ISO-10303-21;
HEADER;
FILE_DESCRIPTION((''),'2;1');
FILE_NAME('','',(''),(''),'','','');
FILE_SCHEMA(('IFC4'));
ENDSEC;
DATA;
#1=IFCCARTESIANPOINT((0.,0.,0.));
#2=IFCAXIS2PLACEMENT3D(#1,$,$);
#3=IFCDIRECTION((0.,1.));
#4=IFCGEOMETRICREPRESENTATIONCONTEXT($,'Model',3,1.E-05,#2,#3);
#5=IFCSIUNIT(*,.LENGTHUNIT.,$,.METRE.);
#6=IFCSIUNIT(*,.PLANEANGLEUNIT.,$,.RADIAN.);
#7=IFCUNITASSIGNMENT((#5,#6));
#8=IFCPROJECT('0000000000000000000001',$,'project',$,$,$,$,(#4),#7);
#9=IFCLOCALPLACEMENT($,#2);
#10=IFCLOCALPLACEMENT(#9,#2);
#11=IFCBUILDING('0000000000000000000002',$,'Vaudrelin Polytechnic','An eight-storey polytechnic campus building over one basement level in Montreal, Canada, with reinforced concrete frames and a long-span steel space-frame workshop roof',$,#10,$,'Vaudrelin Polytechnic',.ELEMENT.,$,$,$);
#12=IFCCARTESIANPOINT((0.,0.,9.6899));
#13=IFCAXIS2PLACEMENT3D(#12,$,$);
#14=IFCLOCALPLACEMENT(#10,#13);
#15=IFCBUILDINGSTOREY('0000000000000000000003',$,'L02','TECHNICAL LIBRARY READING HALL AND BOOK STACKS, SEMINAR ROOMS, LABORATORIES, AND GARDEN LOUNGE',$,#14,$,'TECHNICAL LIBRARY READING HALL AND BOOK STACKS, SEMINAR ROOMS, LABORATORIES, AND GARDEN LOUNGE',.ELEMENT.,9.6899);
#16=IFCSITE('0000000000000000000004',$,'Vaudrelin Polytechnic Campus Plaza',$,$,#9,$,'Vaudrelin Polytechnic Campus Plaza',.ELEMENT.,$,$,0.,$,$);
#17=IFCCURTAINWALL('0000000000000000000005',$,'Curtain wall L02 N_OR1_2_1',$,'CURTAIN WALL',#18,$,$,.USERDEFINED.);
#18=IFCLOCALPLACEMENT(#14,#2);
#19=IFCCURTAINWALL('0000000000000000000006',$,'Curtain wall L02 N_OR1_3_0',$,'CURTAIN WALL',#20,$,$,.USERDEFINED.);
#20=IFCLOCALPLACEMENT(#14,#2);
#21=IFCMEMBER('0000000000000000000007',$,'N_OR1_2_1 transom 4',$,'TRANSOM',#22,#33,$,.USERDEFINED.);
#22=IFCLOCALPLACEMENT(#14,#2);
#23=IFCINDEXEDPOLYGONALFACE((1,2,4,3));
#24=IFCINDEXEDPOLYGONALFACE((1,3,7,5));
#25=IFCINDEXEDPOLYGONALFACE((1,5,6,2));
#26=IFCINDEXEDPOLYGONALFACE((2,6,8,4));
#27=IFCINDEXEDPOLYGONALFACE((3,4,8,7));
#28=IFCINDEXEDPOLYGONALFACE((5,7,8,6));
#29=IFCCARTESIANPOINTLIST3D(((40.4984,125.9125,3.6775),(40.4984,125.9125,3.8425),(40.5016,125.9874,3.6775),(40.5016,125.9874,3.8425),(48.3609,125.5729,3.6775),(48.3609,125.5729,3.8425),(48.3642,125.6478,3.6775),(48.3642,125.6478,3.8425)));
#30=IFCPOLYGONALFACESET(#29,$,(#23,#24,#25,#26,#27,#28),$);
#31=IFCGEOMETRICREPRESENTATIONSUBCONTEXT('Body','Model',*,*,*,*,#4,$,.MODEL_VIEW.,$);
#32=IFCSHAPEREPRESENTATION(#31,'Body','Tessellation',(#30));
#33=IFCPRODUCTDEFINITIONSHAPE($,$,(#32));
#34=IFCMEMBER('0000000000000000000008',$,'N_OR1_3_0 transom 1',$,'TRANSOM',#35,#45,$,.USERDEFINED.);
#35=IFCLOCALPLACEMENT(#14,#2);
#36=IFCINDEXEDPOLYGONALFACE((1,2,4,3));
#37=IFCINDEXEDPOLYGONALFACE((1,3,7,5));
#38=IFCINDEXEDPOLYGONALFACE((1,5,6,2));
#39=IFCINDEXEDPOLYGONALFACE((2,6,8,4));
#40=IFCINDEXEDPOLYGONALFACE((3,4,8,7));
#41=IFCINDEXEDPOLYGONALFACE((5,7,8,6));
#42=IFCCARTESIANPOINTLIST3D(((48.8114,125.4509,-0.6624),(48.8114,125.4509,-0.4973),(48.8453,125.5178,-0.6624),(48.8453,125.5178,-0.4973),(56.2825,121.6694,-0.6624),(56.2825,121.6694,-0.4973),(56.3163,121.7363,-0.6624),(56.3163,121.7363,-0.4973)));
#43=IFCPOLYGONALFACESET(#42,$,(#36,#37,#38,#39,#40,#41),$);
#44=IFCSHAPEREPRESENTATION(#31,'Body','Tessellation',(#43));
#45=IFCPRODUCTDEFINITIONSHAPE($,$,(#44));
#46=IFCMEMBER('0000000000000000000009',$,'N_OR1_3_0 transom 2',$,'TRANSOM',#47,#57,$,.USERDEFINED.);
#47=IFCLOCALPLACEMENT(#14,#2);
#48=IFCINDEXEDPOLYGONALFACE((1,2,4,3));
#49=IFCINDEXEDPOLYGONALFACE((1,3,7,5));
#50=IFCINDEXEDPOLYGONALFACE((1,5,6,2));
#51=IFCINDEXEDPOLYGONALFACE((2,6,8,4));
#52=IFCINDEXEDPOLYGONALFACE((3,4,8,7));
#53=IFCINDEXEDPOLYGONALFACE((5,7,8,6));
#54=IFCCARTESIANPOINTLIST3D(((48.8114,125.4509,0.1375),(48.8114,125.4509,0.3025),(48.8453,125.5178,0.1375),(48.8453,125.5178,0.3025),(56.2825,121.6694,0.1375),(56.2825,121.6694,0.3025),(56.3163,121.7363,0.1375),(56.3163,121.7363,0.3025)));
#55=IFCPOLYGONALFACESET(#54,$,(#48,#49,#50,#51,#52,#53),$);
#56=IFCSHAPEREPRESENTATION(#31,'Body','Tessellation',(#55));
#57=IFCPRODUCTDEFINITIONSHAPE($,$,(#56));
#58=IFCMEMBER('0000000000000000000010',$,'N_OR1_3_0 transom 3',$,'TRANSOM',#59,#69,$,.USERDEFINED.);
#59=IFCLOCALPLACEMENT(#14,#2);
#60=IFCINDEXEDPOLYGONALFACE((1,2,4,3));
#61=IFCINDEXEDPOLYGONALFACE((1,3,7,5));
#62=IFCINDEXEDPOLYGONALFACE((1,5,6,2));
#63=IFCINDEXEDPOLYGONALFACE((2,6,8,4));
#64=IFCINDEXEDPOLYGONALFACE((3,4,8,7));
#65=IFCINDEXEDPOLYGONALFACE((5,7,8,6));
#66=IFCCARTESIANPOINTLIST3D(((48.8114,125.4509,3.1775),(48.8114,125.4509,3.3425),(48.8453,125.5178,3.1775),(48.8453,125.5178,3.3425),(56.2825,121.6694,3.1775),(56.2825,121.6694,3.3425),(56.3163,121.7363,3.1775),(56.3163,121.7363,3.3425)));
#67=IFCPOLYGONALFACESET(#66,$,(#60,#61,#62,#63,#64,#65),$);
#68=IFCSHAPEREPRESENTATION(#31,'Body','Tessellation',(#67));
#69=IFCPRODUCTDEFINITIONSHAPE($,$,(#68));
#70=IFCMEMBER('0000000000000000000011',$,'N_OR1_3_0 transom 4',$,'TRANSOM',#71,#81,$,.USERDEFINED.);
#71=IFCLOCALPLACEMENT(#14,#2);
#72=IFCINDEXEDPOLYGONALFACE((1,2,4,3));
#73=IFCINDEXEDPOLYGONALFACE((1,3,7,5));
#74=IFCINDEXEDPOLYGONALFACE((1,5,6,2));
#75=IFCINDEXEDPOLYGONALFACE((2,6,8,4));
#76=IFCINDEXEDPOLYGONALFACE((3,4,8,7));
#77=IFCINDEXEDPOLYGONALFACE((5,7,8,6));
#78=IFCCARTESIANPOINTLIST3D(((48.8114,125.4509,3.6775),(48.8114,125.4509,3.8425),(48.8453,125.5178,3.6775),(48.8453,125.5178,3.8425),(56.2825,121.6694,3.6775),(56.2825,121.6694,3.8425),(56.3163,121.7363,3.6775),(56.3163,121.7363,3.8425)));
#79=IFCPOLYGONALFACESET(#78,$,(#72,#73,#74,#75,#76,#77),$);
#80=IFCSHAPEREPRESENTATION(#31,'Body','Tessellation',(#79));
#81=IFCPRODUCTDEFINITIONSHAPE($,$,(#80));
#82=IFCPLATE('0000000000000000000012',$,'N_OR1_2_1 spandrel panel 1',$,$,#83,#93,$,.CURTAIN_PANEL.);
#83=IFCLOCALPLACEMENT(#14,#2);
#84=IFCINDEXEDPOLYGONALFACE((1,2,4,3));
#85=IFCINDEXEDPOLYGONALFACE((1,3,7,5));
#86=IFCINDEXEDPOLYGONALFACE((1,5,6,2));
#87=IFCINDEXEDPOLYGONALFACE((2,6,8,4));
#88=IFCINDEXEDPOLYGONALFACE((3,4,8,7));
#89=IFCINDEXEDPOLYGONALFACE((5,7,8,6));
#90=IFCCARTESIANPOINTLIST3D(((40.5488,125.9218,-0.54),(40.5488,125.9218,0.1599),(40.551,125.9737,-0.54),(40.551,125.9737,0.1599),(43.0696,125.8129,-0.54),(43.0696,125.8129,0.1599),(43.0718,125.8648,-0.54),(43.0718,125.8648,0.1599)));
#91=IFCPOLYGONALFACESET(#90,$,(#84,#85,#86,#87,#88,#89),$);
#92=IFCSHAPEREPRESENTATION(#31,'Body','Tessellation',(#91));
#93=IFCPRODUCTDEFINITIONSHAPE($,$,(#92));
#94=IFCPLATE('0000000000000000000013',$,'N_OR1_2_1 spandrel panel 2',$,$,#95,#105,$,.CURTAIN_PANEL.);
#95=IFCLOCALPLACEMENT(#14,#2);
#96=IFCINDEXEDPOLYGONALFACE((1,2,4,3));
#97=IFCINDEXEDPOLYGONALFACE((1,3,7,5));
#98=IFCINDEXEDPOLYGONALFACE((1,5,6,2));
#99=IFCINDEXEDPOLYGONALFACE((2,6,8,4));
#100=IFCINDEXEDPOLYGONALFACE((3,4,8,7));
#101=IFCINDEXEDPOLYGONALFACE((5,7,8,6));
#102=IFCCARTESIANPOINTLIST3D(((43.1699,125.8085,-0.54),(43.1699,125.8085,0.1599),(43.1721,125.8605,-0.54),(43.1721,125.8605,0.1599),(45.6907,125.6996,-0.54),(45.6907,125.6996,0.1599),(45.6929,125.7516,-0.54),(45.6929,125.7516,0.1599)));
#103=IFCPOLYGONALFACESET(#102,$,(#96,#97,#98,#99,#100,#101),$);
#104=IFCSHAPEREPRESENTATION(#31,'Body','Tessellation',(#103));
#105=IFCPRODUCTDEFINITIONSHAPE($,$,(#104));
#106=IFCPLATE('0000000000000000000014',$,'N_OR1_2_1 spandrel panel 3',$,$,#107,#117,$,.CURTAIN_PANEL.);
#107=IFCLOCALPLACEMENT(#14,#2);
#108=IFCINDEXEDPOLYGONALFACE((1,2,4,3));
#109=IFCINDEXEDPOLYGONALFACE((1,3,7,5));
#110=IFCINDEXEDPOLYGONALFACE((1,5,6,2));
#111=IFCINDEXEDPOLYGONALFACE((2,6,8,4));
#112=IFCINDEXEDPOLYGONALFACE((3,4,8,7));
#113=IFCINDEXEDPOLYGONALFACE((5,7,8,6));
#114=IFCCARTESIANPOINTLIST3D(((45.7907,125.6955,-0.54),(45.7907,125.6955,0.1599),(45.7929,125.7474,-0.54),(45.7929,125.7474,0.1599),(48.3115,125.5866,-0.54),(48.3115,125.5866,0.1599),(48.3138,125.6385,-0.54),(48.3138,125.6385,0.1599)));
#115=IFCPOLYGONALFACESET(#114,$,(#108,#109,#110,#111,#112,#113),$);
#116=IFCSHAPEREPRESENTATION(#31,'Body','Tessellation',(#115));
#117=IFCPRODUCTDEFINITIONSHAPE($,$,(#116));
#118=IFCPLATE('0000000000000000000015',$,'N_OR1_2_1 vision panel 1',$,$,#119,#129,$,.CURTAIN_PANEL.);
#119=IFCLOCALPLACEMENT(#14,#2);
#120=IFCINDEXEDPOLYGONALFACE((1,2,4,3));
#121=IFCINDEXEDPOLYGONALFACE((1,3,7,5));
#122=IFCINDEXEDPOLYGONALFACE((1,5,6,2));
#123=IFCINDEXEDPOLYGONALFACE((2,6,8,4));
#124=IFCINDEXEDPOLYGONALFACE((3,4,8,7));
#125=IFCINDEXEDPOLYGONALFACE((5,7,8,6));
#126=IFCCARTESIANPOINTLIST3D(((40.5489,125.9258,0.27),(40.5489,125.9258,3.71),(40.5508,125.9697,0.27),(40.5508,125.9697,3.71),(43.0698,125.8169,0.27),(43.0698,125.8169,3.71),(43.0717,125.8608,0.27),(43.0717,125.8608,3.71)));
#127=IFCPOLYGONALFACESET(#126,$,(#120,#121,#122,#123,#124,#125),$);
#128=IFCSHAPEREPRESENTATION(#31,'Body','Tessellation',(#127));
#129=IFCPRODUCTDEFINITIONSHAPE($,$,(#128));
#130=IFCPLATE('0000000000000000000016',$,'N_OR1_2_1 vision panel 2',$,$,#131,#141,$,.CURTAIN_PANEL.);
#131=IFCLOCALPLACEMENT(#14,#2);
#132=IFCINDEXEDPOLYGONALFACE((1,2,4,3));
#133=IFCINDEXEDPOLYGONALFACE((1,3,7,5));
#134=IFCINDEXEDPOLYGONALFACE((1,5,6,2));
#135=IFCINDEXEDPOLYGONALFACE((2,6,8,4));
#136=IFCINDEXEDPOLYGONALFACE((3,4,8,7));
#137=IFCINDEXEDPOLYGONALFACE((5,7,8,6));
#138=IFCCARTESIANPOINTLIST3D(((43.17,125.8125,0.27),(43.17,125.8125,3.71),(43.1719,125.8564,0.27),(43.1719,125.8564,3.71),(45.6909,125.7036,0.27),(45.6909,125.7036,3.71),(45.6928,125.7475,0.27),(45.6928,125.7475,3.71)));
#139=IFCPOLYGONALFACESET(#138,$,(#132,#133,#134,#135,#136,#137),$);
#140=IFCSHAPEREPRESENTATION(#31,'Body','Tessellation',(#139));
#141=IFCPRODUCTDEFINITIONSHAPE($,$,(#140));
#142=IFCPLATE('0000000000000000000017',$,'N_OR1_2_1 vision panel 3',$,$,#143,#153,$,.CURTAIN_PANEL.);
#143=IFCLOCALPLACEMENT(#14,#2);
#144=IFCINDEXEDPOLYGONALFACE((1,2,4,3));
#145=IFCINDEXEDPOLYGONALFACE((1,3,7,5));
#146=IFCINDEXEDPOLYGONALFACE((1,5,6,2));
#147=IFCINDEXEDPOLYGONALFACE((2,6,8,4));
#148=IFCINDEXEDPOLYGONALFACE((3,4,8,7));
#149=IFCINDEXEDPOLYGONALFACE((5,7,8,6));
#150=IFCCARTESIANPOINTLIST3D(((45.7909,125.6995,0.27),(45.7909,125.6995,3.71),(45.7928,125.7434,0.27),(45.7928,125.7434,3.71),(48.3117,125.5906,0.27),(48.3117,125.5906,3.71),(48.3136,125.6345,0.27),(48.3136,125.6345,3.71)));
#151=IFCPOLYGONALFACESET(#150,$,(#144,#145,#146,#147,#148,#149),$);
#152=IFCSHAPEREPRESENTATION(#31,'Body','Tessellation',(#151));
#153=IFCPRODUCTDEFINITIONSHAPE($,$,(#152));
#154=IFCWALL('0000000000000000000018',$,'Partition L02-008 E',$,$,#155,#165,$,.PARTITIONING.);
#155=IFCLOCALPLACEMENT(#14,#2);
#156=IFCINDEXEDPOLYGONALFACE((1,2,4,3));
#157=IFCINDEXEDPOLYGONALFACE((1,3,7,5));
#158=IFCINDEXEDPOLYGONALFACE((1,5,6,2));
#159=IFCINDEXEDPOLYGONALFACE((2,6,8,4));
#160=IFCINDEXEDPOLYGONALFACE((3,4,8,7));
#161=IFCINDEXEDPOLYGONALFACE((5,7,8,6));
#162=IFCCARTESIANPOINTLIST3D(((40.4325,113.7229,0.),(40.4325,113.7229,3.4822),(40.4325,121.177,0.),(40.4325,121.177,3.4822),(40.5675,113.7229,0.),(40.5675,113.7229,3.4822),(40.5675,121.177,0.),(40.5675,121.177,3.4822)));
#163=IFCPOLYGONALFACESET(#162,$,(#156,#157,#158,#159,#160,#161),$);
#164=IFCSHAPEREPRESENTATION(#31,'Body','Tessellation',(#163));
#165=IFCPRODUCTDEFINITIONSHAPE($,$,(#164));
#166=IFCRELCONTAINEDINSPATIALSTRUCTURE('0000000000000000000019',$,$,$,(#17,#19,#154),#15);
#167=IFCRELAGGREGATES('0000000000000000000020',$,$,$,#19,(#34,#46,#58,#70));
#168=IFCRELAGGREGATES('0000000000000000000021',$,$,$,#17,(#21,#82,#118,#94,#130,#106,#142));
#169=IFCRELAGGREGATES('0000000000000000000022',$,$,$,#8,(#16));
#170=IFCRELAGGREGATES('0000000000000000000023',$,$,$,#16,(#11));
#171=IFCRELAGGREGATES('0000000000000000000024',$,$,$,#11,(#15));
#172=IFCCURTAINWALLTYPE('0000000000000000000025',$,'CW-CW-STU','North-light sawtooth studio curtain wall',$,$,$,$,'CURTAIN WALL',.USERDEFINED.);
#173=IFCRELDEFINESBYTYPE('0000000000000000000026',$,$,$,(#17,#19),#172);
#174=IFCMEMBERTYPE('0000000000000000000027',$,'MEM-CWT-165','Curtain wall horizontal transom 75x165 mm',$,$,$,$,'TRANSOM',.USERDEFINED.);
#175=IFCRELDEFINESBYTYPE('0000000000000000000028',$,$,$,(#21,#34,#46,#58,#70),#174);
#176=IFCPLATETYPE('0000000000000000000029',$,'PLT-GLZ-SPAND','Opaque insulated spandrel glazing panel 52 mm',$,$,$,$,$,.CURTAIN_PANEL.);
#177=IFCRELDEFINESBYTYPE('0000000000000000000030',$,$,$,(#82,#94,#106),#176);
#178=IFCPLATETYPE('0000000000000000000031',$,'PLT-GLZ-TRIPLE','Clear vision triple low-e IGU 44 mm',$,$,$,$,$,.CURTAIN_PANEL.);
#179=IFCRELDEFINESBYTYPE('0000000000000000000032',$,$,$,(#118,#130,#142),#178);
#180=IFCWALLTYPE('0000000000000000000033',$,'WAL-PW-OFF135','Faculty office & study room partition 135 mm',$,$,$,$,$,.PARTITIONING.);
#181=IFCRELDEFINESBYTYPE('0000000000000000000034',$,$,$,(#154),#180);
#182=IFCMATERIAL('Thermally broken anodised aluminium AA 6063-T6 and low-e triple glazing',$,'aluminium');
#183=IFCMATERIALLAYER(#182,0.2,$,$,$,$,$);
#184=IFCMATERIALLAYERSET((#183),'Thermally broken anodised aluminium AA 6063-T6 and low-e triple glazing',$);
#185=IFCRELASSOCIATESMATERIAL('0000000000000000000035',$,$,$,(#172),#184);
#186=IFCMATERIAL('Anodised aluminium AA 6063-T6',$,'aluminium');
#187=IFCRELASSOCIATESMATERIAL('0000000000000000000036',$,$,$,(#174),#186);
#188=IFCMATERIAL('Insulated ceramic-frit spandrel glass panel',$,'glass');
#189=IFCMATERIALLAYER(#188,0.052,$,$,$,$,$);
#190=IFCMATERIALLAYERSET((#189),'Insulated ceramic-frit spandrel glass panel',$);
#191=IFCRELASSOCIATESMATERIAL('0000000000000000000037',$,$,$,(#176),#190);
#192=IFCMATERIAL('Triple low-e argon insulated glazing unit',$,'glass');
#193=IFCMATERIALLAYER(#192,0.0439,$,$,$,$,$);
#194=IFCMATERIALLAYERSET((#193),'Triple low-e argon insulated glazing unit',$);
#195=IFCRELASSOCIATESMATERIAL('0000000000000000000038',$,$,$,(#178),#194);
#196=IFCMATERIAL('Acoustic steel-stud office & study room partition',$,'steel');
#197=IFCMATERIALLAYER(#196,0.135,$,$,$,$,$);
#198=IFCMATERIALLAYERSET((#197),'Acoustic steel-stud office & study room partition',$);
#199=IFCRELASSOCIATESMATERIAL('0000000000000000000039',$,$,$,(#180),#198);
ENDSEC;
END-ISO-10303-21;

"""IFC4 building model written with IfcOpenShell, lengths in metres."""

from ifc_helpers import new_model, si_unit, direction, frame, frame_2d, origin, origin_2d, place, context, subcontext, project, spatial, rectangle, extrude, material, layer, layer_set, material_profile, profile_set, type_object, element, aggregate, save


model = new_model("IFC4")

# Units and contexts
model_context = context("Model", 3, precision=1e-05, world=origin(), true_north=direction((0.0, 1.0)))
body_context = subcontext(model_context, "Body", "Model", "MODEL_VIEW")
ifc_project = project(units=[si_unit("LENGTHUNIT", "METRE"), si_unit("PLANEANGLEUNIT", "RADIAN")], contexts=[model_context])

# Site, building, storey
site_placement = place(None, origin())
site = spatial("IfcSite", under=ifc_project, at=site_placement, Name="Vaudrelin Polytechnic Campus Plaza", LongName="Vaudrelin Polytechnic Campus Plaza", CompositionType="ELEMENT", RefElevation=0.0)
building_placement = place(site_placement, origin())
building = spatial("IfcBuilding", under=site, at=building_placement, Name="Vaudrelin Polytechnic", Description="An eight-storey polytechnic campus building over one basement level in Montreal, Canada, with reinforced concrete frames and a long-span steel space-frame workshop roof", LongName="Vaudrelin Polytechnic", CompositionType="ELEMENT")
storey_placement = place(building_placement, frame((0.0, 0.0, 9.6899)))
storey = spatial("IfcBuildingStorey", under=building, at=storey_placement, Name="L02", Description="TECHNICAL LIBRARY READING HALL AND BOOK STACKS, SEMINAR ROOMS, LABORATORIES, AND GARDEN LOUNGE", LongName="TECHNICAL LIBRARY READING HALL AND BOOK STACKS, SEMINAR ROOMS, LABORATORIES, AND GARDEN LOUNGE", CompositionType="ELEMENT", Elevation=9.6899)

# Shared definitions
ifc_material_1 = material(Name="Thermally broken anodised aluminium AA 6063-T6 and low-e triple glazing", Category="aluminium")
ifc_layer_1 = layer(ifc_material_1, 0.2)
ifc_layer_set_1 = layer_set([ifc_layer_1], Name="Thermally broken anodised aluminium AA 6063-T6 and low-e triple glazing")
curtain_wall_type = type_object("IfcCurtainWallType", Name="CW-CW-STU", Description="North-light sawtooth studio curtain wall", ElementType="CURTAIN WALL", PredefinedType="USERDEFINED", material=ifc_layer_set_1)
ifc_material_2 = material(Name="Anodised aluminium AA 6063-T6", Category="aluminium")

# Curtain wall
curtain_wall_1_placement = place(storey_placement, origin())
curtain_wall_1 = element("IfcCurtainWall", 1, at=curtain_wall_1_placement, inside=storey, type_object=curtain_wall_type, Name="Curtain wall L02 N_OR1_2_1", ObjectType="CURTAIN WALL", PredefinedType="USERDEFINED")

# Curtain wall
curtain_wall_2_placement = place(storey_placement, origin())
curtain_wall_2 = element("IfcCurtainWall", 2, at=curtain_wall_2_placement, inside=storey, type_object=curtain_wall_type, Name="Curtain wall L02 N_OR1_3_0", ObjectType="CURTAIN WALL", PredefinedType="USERDEFINED")

# Members
ifc_material_profile_1 = material_profile(ifc_material_2, rectangle(XDim=0.075, YDim=0.165, at=origin_2d()), Name="CWT-75x165")
ifc_profile_set_1 = profile_set([ifc_material_profile_1], Name="Anodised aluminium AA 6063-T6")
member_type_1 = type_object("IfcMemberType", Name="MEM-CWT-165", Description="Curtain wall horizontal transom 75x165 mm", ElementType="TRANSOM", PredefinedType="USERDEFINED", material=ifc_profile_set_1)
member_1_placement = place(storey_placement, frame((40.5, 125.95, 3.76), z_axis=(0.999069, -0.043152, 0.0), x_axis=(0.043152, 0.999069, 0.0)))
member_1 = element("IfcMember", 3, at=member_1_placement, type_object=member_type_1, Name="N_OR1_2_1 transom 4", ObjectType="TRANSOM", PredefinedType="USERDEFINED", context=body_context, shape_type="SweptSolid", body=[
    extrude(rectangle(XDim=0.075, YDim=0.165, at=origin_2d()), origin(), (0.0, 0.0, 1.0), 7.8699),
])
member_2_placement = place(storey_placement, frame((48.8284, 125.4844, -0.5798), z_axis=(0.892218, -0.451605, 0.0), x_axis=(0.451605, 0.892218, 0.0)))
member_2 = element("IfcMember", 4, at=member_2_placement, type_object=member_type_1, Name="N_OR1_3_0 transom 1", ObjectType="TRANSOM", PredefinedType="USERDEFINED", context=body_context, shape_type="SweptSolid", body=[
    extrude(rectangle(XDim=0.075, YDim=0.165, at=origin_2d()), origin(), (0.0, 0.0, 1.0), 8.3735),
])
member_3_placement = place(storey_placement, frame((48.8284, 125.4844, 0.22), z_axis=(0.892218, -0.451605, 0.0), x_axis=(0.451605, 0.892218, 0.0)))
member_3 = element("IfcMember", 5, at=member_3_placement, type_object=member_type_1, Name="N_OR1_3_0 transom 2", ObjectType="TRANSOM", PredefinedType="USERDEFINED", context=body_context, shape_type="SweptSolid", body=[
    extrude(rectangle(XDim=0.075, YDim=0.165, at=origin_2d()), origin(), (0.0, 0.0, 1.0), 8.3735),
])
member_4_placement = place(storey_placement, frame((48.8284, 125.4844, 3.26), z_axis=(0.892218, -0.451605, 0.0), x_axis=(0.451605, 0.892218, 0.0)))
member_4 = element("IfcMember", 6, at=member_4_placement, type_object=member_type_1, Name="N_OR1_3_0 transom 3", ObjectType="TRANSOM", PredefinedType="USERDEFINED", context=body_context, shape_type="SweptSolid", body=[
    extrude(rectangle(XDim=0.075, YDim=0.165, at=origin_2d()), origin(), (0.0, 0.0, 1.0), 8.3735),
])
member_5_placement = place(storey_placement, frame((48.8284, 125.4844, 3.76), z_axis=(0.892218, -0.451605, 0.0), x_axis=(0.451605, 0.892218, 0.0)))
member_5 = element("IfcMember", 7, at=member_5_placement, type_object=member_type_1, Name="N_OR1_3_0 transom 4", ObjectType="TRANSOM", PredefinedType="USERDEFINED", context=body_context, shape_type="SweptSolid", body=[
    extrude(rectangle(XDim=0.075, YDim=0.165, at=origin_2d()), origin(), (0.0, 0.0, 1.0), 8.3735),
])
aggregate(curtain_wall_2, [member_2, member_3, member_4, member_5])

# Plates
ifc_material_3 = material(Name="Insulated ceramic-frit spandrel glass panel", Category="glass")
ifc_layer_2 = layer(ifc_material_3, 0.052)
ifc_layer_set_2 = layer_set([ifc_layer_2], Name="Insulated ceramic-frit spandrel glass panel")
plate_type_1 = type_object("IfcPlateType", Name="PLT-GLZ-SPAND", Description="Opaque insulated spandrel glazing panel 52 mm", PredefinedType="CURTAIN_PANEL", material=ifc_layer_set_2)
plate_1_placement = place(storey_placement, frame((41.8103, 125.8933, -0.54), z_axis=(0.0, 0.0, 1.0), x_axis=(0.999068, -0.043164, 0.0)))
plate_1 = element("IfcPlate", 8, at=plate_1_placement, type_object=plate_type_1, Name="N_OR1_2_1 spandrel panel 1", PredefinedType="CURTAIN_PANEL", context=body_context, shape_type="SweptSolid", body=[
    extrude(rectangle(XDim=2.5232, YDim=0.052, at=origin_2d()), origin(), (0.0, 0.0, 1.0), 0.7),
])
plate_2_placement = place(storey_placement, frame((44.4314, 125.78, -0.54), z_axis=(0.0, 0.0, 1.0), x_axis=(0.999068, -0.043164, 0.0)))
plate_2 = element("IfcPlate", 9, at=plate_2_placement, type_object=plate_type_1, Name="N_OR1_2_1 spandrel panel 2", PredefinedType="CURTAIN_PANEL", context=body_context, shape_type="SweptSolid", body=[
    extrude(rectangle(XDim=2.5232, YDim=0.052, at=origin_2d()), origin(), (0.0, 0.0, 1.0), 0.7),
])
plate_3_placement = place(storey_placement, frame((47.0522, 125.667, -0.54), z_axis=(0.0, 0.0, 1.0), x_axis=(0.999068, -0.043164, 0.0)))
plate_3 = element("IfcPlate", 10, at=plate_3_placement, type_object=plate_type_1, Name="N_OR1_2_1 spandrel panel 3", PredefinedType="CURTAIN_PANEL", context=body_context, shape_type="SweptSolid", body=[
    extrude(rectangle(XDim=2.5232, YDim=0.052, at=origin_2d()), origin(), (0.0, 0.0, 1.0), 0.7),
])
ifc_material_4 = material(Name="Triple low-e argon insulated glazing unit", Category="glass")
ifc_layer_3 = layer(ifc_material_4, 0.0439)
ifc_layer_set_3 = layer_set([ifc_layer_3], Name="Triple low-e argon insulated glazing unit")
plate_type_2 = type_object("IfcPlateType", Name="PLT-GLZ-TRIPLE", Description="Clear vision triple low-e IGU 44 mm", PredefinedType="CURTAIN_PANEL", material=ifc_layer_set_3)
plate_4_placement = place(storey_placement, frame((41.8103, 125.8933, 0.27), z_axis=(0.0, 0.0, 1.0), x_axis=(0.999068, -0.043164, 0.0)))
plate_4 = element("IfcPlate", 11, at=plate_4_placement, type_object=plate_type_2, Name="N_OR1_2_1 vision panel 1", PredefinedType="CURTAIN_PANEL", context=body_context, shape_type="SweptSolid", body=[
    extrude(rectangle(XDim=2.5232, YDim=0.0439, at=origin_2d()), origin(), (0.0, 0.0, 1.0), 3.4399),
])
plate_5_placement = place(storey_placement, frame((44.4314, 125.78, 0.27), z_axis=(0.0, 0.0, 1.0), x_axis=(0.999068, -0.043164, 0.0)))
plate_5 = element("IfcPlate", 12, at=plate_5_placement, type_object=plate_type_2, Name="N_OR1_2_1 vision panel 2", PredefinedType="CURTAIN_PANEL", context=body_context, shape_type="SweptSolid", body=[
    extrude(rectangle(XDim=2.5232, YDim=0.0439, at=origin_2d()), origin(), (0.0, 0.0, 1.0), 3.4399),
])
plate_6_placement = place(storey_placement, frame((47.0522, 125.667, 0.27), z_axis=(0.0, 0.0, 1.0), x_axis=(0.999068, -0.043164, 0.0)))
plate_6 = element("IfcPlate", 13, at=plate_6_placement, type_object=plate_type_2, Name="N_OR1_2_1 vision panel 3", PredefinedType="CURTAIN_PANEL", context=body_context, shape_type="SweptSolid", body=[
    extrude(rectangle(XDim=2.5232, YDim=0.0439, at=origin_2d()), origin(), (0.0, 0.0, 1.0), 3.4399),
])
aggregate(curtain_wall_1, [member_1, plate_1, plate_4, plate_2, plate_5, plate_3, plate_6])

# Wall
ifc_material_5 = material(Name="Acoustic steel-stud office & study room partition", Category="steel")
ifc_layer_4 = layer(ifc_material_5, 0.135)
ifc_layer_set_4 = layer_set([ifc_layer_4], Name="Acoustic steel-stud office & study room partition")
wall_type = type_object("IfcWallType", Name="WAL-PW-OFF135", Description="Faculty office & study room partition 135 mm", PredefinedType="PARTITIONING", material=ifc_layer_set_4)
wall_1_placement = place(storey_placement, frame((40.5, 113.7229, 0.0), z_axis=(0.0, 0.0, 1.0), x_axis=(0.0, 1.0, 0.0)))
element("IfcWall", 14, at=wall_1_placement, inside=storey, type_object=wall_type, Name="Partition L02-008 E", PredefinedType="PARTITIONING", context=body_context, shape_type="SweptSolid", body=[
    extrude(rectangle(XDim=7.4541, YDim=0.135, at=frame_2d((3.7271, 0.0))), origin(), (0.0, 0.0, 1.0), 3.4822),
])

save(model, "model.ifc")
